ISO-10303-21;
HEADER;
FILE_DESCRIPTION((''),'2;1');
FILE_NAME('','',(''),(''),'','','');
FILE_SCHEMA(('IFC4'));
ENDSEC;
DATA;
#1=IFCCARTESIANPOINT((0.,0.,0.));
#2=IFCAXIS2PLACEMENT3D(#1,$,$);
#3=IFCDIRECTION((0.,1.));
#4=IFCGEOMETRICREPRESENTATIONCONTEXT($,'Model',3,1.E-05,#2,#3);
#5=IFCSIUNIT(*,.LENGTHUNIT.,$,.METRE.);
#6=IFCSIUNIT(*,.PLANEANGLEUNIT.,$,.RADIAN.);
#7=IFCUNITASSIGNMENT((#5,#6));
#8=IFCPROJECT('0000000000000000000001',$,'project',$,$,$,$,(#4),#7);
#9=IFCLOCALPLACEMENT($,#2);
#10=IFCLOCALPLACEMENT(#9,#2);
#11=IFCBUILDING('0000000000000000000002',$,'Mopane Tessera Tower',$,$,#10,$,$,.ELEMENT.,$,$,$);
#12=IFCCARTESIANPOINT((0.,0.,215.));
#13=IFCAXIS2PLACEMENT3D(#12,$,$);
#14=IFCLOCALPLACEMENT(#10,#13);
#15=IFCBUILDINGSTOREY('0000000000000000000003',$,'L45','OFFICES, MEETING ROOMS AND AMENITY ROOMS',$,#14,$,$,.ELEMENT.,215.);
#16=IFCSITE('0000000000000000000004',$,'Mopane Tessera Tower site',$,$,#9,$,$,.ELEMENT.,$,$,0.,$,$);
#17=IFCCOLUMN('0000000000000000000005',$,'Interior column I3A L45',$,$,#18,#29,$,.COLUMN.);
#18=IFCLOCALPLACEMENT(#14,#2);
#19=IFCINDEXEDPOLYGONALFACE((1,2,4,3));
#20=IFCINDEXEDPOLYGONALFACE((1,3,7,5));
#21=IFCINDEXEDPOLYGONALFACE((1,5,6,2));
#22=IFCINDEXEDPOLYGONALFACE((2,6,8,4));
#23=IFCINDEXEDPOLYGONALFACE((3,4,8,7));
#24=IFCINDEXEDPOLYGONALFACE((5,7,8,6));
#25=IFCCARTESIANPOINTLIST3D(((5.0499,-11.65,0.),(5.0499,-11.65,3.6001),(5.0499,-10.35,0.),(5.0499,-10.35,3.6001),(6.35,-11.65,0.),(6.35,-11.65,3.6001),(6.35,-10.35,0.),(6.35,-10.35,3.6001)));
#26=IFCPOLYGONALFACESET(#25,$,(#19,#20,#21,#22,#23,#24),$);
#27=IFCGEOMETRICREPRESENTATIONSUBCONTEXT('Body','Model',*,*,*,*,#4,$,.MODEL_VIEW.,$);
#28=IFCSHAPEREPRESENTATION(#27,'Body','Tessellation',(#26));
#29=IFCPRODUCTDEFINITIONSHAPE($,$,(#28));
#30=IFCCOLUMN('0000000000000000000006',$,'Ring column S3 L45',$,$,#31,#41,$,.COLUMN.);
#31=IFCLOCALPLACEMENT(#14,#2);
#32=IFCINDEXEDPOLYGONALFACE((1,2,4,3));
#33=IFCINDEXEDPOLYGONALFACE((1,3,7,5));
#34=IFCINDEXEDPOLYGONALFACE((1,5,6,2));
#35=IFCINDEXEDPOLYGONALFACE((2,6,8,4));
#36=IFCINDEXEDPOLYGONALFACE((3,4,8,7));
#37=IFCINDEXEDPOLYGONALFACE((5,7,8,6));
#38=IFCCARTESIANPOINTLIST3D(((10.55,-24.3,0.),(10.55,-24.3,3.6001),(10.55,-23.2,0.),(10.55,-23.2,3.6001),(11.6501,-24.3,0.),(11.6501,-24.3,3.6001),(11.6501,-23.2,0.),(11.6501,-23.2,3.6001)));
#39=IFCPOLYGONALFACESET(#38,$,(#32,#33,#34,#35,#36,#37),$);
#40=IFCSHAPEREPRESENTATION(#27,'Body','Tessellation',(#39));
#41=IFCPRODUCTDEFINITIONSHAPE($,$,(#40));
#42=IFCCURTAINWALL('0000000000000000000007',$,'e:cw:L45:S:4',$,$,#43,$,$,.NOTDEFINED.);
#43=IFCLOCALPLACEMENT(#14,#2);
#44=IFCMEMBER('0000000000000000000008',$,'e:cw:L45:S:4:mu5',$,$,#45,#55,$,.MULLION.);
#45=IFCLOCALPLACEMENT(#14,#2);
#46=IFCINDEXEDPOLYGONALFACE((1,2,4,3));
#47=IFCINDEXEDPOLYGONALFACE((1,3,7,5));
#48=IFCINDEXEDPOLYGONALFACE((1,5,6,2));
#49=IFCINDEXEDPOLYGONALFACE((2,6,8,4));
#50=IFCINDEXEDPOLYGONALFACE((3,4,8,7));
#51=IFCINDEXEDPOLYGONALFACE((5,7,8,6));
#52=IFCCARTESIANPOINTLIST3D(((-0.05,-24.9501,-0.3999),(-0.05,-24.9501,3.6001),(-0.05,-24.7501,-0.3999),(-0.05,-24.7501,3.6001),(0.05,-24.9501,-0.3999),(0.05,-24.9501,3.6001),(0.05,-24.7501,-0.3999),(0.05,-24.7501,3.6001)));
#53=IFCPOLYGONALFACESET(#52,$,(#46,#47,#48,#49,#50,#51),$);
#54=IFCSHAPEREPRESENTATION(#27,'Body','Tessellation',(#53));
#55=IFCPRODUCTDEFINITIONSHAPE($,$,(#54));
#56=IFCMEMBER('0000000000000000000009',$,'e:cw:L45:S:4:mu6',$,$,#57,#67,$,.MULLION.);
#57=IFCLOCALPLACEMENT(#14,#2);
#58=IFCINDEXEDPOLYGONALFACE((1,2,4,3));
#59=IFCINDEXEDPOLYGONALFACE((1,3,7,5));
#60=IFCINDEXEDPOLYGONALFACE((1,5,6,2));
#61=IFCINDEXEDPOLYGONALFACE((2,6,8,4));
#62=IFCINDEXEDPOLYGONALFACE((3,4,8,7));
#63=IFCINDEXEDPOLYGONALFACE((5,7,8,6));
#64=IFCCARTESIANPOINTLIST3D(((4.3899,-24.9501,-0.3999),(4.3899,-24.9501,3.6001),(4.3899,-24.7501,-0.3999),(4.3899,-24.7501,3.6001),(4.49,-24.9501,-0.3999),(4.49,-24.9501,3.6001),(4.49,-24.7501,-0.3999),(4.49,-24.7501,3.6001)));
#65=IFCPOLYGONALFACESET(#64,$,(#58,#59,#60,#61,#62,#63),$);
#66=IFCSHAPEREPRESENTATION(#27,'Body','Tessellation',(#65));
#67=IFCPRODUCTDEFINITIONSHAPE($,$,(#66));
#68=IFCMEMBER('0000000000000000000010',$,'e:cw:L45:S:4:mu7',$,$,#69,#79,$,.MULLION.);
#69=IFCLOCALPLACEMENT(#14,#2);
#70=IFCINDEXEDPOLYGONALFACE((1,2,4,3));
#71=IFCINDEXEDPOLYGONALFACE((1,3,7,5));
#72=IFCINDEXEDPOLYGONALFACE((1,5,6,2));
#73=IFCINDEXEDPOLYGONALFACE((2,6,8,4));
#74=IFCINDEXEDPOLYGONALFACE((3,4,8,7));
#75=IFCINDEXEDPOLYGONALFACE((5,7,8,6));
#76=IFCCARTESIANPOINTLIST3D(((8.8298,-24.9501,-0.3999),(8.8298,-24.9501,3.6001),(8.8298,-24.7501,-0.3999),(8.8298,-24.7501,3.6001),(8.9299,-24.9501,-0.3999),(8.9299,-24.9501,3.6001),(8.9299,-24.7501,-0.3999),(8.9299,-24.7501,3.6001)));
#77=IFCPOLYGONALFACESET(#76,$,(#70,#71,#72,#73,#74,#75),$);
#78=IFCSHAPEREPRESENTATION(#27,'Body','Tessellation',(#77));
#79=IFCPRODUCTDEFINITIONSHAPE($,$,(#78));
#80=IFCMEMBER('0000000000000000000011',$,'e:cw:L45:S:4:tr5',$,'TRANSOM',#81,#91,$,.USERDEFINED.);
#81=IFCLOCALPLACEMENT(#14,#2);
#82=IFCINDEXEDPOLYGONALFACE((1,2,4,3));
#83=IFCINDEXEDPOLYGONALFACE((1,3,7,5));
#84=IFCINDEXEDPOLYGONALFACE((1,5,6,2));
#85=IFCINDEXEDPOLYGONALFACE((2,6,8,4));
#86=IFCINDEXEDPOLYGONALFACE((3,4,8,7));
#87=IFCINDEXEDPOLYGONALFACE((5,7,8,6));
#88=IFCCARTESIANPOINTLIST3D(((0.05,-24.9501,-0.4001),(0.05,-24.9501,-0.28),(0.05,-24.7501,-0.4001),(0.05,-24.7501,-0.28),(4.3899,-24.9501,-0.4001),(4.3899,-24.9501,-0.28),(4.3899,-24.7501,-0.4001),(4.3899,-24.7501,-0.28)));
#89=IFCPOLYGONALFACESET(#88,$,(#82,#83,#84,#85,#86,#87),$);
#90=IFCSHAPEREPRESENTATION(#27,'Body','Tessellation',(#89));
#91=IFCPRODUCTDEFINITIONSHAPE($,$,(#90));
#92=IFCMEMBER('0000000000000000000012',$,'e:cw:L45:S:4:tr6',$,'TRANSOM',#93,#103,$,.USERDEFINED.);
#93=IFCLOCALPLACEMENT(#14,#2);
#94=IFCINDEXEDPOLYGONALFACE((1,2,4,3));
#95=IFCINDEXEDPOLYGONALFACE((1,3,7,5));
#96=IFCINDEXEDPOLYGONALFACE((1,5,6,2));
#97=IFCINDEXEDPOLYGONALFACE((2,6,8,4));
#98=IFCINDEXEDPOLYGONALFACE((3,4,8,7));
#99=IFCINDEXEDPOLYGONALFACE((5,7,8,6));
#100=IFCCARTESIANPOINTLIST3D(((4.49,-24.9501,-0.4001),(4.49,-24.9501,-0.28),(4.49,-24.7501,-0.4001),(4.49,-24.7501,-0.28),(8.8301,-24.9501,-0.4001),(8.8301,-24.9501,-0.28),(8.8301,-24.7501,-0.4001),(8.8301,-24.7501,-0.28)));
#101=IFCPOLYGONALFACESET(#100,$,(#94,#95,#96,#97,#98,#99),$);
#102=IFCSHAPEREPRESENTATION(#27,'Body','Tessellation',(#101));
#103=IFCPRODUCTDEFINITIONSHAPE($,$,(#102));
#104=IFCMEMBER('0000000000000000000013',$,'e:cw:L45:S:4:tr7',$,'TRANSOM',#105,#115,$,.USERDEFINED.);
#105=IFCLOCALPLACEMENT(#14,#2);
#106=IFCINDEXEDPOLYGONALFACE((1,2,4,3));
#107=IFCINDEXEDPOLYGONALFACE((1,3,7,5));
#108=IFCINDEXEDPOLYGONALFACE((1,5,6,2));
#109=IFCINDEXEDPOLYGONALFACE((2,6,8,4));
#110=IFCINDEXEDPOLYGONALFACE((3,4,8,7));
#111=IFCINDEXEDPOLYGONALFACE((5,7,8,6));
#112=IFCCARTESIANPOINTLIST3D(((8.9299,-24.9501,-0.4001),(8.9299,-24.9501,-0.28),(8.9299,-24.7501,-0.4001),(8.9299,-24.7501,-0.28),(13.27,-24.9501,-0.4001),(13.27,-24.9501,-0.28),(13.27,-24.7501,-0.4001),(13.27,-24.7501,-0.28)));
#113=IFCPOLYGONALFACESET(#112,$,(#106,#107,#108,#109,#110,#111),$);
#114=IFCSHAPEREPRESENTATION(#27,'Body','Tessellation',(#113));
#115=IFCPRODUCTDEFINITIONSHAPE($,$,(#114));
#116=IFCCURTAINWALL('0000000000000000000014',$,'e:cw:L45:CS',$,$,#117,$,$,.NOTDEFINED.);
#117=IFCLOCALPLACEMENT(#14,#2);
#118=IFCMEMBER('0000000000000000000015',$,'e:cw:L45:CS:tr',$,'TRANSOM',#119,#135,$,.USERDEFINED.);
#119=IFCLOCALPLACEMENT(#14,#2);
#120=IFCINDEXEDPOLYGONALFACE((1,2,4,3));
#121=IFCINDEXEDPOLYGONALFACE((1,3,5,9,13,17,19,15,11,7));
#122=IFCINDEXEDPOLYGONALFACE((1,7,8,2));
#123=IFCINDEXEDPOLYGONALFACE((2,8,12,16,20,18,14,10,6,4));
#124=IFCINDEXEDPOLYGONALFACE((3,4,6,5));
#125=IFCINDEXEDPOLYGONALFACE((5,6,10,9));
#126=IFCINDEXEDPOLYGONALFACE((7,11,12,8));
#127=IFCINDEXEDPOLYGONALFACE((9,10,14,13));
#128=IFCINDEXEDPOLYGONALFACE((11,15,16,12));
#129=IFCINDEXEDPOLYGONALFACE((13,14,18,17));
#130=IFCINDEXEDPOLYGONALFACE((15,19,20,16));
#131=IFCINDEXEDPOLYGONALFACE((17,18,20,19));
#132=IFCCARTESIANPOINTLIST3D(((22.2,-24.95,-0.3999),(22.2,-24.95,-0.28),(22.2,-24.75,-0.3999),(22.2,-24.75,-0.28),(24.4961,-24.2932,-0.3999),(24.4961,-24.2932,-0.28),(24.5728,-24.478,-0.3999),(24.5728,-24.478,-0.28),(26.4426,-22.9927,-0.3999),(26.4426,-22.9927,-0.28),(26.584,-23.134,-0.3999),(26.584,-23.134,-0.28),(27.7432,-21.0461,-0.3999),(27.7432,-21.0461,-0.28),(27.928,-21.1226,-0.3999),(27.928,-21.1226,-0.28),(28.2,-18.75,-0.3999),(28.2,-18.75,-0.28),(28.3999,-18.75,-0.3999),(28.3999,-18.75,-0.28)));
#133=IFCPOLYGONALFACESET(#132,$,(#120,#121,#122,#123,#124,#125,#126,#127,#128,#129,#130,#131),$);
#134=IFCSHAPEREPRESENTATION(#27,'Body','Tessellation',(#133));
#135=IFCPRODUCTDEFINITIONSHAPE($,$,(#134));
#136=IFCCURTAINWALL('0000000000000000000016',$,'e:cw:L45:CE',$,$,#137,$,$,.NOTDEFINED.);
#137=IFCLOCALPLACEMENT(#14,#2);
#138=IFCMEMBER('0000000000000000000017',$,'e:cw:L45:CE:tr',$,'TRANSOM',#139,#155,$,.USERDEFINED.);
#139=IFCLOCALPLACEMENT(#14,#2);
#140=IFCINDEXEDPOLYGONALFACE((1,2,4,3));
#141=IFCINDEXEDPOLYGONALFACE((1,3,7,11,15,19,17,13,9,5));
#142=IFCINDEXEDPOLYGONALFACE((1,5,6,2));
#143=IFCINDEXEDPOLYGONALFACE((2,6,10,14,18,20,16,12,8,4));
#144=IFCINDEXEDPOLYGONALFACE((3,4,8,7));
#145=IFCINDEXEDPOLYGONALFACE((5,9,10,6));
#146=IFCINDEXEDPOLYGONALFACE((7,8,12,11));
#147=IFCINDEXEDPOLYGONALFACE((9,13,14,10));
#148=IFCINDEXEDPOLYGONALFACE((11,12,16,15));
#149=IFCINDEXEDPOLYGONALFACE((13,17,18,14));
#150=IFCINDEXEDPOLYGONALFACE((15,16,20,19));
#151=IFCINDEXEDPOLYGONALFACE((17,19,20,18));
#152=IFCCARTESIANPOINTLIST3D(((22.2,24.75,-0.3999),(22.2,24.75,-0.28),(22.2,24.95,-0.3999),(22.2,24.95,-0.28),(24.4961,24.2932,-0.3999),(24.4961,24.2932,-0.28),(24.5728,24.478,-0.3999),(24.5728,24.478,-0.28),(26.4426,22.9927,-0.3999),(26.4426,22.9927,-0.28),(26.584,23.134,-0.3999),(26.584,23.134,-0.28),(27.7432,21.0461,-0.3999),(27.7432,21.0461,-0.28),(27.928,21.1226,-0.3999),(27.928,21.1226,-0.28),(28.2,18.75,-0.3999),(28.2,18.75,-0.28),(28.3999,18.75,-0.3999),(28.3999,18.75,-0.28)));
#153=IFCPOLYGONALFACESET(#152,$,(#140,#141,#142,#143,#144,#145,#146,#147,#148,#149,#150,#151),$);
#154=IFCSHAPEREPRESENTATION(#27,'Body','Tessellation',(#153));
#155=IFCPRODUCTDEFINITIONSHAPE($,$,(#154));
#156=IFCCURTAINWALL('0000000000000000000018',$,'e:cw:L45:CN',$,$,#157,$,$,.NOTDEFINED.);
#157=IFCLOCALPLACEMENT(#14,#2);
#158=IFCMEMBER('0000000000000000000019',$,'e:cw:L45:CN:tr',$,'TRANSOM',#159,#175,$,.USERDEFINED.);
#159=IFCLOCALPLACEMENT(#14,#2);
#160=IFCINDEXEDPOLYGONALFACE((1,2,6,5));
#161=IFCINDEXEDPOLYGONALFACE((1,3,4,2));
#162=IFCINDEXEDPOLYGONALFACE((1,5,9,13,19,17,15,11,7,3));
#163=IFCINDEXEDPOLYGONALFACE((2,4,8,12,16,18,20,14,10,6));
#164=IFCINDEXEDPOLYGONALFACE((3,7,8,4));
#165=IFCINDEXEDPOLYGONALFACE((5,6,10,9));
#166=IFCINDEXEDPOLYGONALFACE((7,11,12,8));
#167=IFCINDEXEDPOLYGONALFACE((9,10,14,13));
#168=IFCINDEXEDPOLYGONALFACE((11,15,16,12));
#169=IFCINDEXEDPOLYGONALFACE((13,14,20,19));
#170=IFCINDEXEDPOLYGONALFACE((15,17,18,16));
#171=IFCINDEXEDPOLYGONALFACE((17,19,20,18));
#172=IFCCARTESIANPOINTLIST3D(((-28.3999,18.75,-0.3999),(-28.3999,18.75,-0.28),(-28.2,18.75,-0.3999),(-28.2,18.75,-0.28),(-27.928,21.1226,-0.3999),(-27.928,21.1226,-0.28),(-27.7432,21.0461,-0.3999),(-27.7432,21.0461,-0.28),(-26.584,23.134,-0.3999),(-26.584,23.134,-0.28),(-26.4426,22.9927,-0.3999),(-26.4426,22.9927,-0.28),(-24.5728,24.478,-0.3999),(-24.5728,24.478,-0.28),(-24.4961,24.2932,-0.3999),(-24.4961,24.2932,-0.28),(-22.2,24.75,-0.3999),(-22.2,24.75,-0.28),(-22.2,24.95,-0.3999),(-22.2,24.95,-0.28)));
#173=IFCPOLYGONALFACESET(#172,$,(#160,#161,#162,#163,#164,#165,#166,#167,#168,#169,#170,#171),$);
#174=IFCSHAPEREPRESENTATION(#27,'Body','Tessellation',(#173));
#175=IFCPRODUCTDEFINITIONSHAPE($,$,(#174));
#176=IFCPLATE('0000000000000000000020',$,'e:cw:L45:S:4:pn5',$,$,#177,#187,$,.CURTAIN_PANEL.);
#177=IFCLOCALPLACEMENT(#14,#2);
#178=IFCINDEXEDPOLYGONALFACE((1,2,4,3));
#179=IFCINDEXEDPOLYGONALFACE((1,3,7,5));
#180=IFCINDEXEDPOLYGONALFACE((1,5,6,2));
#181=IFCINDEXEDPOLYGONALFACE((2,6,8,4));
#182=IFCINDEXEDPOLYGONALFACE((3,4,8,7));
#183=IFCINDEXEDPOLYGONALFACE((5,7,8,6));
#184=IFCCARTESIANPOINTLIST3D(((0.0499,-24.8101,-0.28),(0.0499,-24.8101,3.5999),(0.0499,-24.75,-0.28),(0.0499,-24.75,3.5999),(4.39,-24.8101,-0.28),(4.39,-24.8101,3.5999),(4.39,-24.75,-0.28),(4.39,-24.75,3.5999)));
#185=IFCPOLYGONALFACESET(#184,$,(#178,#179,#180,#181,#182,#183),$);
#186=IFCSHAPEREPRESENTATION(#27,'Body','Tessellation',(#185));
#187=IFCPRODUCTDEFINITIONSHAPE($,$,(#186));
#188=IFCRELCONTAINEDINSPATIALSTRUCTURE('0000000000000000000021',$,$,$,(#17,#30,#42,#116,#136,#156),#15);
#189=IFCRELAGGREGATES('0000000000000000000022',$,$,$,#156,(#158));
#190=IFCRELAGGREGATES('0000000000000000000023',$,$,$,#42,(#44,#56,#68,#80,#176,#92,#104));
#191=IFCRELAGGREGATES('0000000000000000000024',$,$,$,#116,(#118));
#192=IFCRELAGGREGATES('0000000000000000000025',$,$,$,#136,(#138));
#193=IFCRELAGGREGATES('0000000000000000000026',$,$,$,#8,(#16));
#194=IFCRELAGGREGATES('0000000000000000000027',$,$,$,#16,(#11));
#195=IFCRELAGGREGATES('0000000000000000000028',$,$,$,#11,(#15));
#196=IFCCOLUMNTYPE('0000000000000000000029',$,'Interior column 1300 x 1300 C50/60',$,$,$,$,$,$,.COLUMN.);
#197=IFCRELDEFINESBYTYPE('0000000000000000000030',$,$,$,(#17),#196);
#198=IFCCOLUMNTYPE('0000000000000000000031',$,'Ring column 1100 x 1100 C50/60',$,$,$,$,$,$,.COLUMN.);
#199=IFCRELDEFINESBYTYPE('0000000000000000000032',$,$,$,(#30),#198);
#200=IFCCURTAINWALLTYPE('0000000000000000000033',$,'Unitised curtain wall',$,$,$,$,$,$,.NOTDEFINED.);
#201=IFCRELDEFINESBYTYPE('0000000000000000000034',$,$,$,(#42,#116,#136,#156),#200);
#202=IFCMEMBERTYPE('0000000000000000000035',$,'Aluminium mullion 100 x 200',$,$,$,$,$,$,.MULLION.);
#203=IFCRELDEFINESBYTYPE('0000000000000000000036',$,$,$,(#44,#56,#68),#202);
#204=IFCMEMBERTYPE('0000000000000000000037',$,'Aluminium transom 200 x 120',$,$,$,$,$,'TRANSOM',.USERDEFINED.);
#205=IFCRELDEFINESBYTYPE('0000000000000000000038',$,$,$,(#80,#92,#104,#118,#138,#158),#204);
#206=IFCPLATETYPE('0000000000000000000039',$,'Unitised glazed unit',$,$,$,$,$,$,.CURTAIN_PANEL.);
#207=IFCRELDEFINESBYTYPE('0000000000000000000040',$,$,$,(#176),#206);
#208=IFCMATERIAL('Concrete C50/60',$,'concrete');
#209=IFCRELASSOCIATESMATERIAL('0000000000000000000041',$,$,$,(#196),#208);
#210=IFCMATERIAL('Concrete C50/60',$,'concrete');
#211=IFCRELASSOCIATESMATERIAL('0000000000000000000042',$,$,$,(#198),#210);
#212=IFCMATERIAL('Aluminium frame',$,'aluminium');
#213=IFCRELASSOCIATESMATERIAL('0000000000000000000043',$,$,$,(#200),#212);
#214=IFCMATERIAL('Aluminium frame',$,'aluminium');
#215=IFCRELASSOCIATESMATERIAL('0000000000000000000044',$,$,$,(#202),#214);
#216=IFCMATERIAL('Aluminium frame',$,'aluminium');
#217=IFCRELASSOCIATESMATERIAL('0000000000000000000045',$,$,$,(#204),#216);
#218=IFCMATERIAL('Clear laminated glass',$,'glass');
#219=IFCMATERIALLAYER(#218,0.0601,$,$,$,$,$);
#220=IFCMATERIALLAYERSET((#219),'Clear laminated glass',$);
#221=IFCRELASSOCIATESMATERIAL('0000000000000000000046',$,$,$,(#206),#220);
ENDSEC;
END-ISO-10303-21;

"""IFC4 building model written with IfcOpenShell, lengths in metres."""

from ifc_helpers import new_model, si_unit, direction, frame, origin, origin_2d, place, context, subcontext, project, spatial, polyline, rectangle, outline, extrude, material, layer, layer_set, material_profile, profile_set, type_object, element, aggregate, save


model = new_model("IFC4")

# Units and contexts
model_context = context("Model", 3, precision=1e-05, world=origin(), true_north=direction((0.0, 1.0)))
body_context = subcontext(model_context, "Body", "Model", "MODEL_VIEW")
ifc_project = project(units=[si_unit("LENGTHUNIT", "METRE"), si_unit("PLANEANGLEUNIT", "RADIAN")], contexts=[model_context])

# Site, building, storey
site_placement = place(None, origin())
site = spatial("IfcSite", under=ifc_project, at=site_placement, Name="Mopane Tessera Tower site", CompositionType="ELEMENT", RefElevation=0.0)
building_placement = place(site_placement, origin())
building = spatial("IfcBuilding", under=site, at=building_placement, Name="Mopane Tessera Tower", CompositionType="ELEMENT")
storey_placement = place(building_placement, frame((0.0, 0.0, 215.0)))
storey = spatial("IfcBuildingStorey", under=building, at=storey_placement, Name="L45", Description="OFFICES, MEETING ROOMS AND AMENITY ROOMS", CompositionType="ELEMENT", Elevation=215.0)

# Columns
ifc_material_1 = material(Name="Concrete C50/60", Category="concrete")
ifc_material_profile_1 = material_profile(ifc_material_1, rectangle(XDim=1.3, YDim=1.3, at=origin_2d()))
ifc_profile_set_1 = profile_set([ifc_material_profile_1], Name="Concrete C50/60")
column_type_1 = type_object("IfcColumnType", Name="Interior column 1300 x 1300 C50/60", PredefinedType="COLUMN", material=ifc_profile_set_1)
column_1_placement = place(storey_placement, frame((5.7, -11.0, 0.0), z_axis=(0.0, 0.0, 1.0), x_axis=(1.0, 0.0, 0.0)))
element("IfcColumn", 1, at=column_1_placement, inside=storey, type_object=column_type_1, Name="Interior column I3A L45", PredefinedType="COLUMN", context=body_context, shape_type="SweptSolid", body=[
    extrude(rectangle(XDim=1.3, YDim=1.3, at=origin_2d()), origin(), (0.0, 0.0, 1.0), 3.6001),
])
ifc_material_2 = material(Name="Concrete C50/60", Category="concrete")
ifc_material_profile_2 = material_profile(ifc_material_2, rectangle(XDim=1.1001, YDim=1.1001, at=origin_2d()))
ifc_profile_set_2 = profile_set([ifc_material_profile_2], Name="Concrete C50/60")
column_type_2 = type_object("IfcColumnType", Name="Ring column 1100 x 1100 C50/60", PredefinedType="COLUMN", material=ifc_profile_set_2)
column_2_placement = place(storey_placement, frame((11.1001, -23.75, 0.0), z_axis=(0.0, 0.0, 1.0), x_axis=(1.0, 0.0, 0.0)))
element("IfcColumn", 2, at=column_2_placement, inside=storey, type_object=column_type_2, Name="Ring column S3 L45", PredefinedType="COLUMN", context=body_context, shape_type="SweptSolid", body=[
    extrude(rectangle(XDim=1.1001, YDim=1.1001, at=origin_2d()), origin(), (0.0, 0.0, 1.0), 3.6001),
])

# Curtain wall, members
ifc_material_3 = material(Name="Aluminium frame", Category="aluminium")
curtain_wall_type = type_object("IfcCurtainWallType", Name="Unitised curtain wall", PredefinedType="NOTDEFINED", material=ifc_material_3)
curtain_wall_1_placement = place(storey_placement, origin())
curtain_wall_1 = element("IfcCurtainWall", 3, at=curtain_wall_1_placement, inside=storey, type_object=curtain_wall_type, Name="e:cw:L45:S:4", PredefinedType="NOTDEFINED")
ifc_material_4 = material(Name="Aluminium frame", Category="aluminium")
ifc_material_profile_3 = material_profile(ifc_material_4, rectangle(XDim=0.1001, YDim=0.2, at=origin_2d()))
ifc_profile_set_3 = profile_set([ifc_material_profile_3], Name="Aluminium frame")
member_type_1 = type_object("IfcMemberType", Name="Aluminium mullion 100 x 200", PredefinedType="MULLION", material=ifc_profile_set_3)
member_1_placement = place(storey_placement, frame((0.0, -24.8501, -0.3999), z_axis=(0.0, 0.0, 1.0), x_axis=(1.0, 0.0, 0.0)))
member_1 = element("IfcMember", 4, at=member_1_placement, type_object=member_type_1, Name="e:cw:L45:S:4:mu5", PredefinedType="MULLION", context=body_context, shape_type="SweptSolid", body=[
    extrude(rectangle(XDim=0.1001, YDim=0.2, at=origin_2d()), origin(), (0.0, 0.0, 1.0), 4.0),
])
member_2_placement = place(storey_placement, frame((4.4399, -24.8501, -0.3999), z_axis=(0.0, 0.0, 1.0), x_axis=(1.0, 0.0, 0.0)))
member_2 = element("IfcMember", 5, at=member_2_placement, type_object=member_type_1, Name="e:cw:L45:S:4:mu6", PredefinedType="MULLION", context=body_context, shape_type="SweptSolid", body=[
    extrude(rectangle(XDim=0.1001, YDim=0.2, at=origin_2d()), origin(), (0.0, 0.0, 1.0), 4.0),
])
member_3_placement = place(storey_placement, frame((8.8799, -24.8501, -0.3999), z_axis=(0.0, 0.0, 1.0), x_axis=(1.0, 0.0, 0.0)))
member_3 = element("IfcMember", 6, at=member_3_placement, type_object=member_type_1, Name="e:cw:L45:S:4:mu7", PredefinedType="MULLION", context=body_context, shape_type="SweptSolid", body=[
    extrude(rectangle(XDim=0.1001, YDim=0.2, at=origin_2d()), origin(), (0.0, 0.0, 1.0), 4.0),
])
ifc_material_5 = material(Name="Aluminium frame", Category="aluminium")
ifc_material_profile_4 = material_profile(ifc_material_5, rectangle(XDim=0.2, YDim=0.1201, at=origin_2d()))
ifc_profile_set_4 = profile_set([ifc_material_profile_4], Name="Aluminium frame")
member_type_2 = type_object("IfcMemberType", Name="Aluminium transom 200 x 120", ElementType="TRANSOM", PredefinedType="USERDEFINED", material=ifc_profile_set_4)
member_4_placement = place(storey_placement, frame((0.05, -24.8501, -0.3401), z_axis=(1.0, 0.0, 0.0), x_axis=(0.0, 1.0, 0.0)))
member_4 = element("IfcMember", 7, at=member_4_placement, type_object=member_type_2, Name="e:cw:L45:S:4:tr5", ObjectType="TRANSOM", PredefinedType="USERDEFINED", context=body_context, shape_type="SweptSolid", body=[
    extrude(rectangle(XDim=0.2, YDim=0.1201, at=origin_2d()), origin(), (0.0, 0.0, 1.0), 4.3398),
])
member_5_placement = place(storey_placement, frame((4.49, -24.8501, -0.3401), z_axis=(1.0, 0.0, 0.0), x_axis=(0.0, 1.0, 0.0)))
member_5 = element("IfcMember", 8, at=member_5_placement, type_object=member_type_2, Name="e:cw:L45:S:4:tr6", ObjectType="TRANSOM", PredefinedType="USERDEFINED", context=body_context, shape_type="SweptSolid", body=[
    extrude(rectangle(XDim=0.2, YDim=0.1201, at=origin_2d()), origin(), (0.0, 0.0, 1.0), 4.3401),
])
member_6_placement = place(storey_placement, frame((8.9299, -24.8501, -0.3401), z_axis=(1.0, 0.0, 0.0), x_axis=(0.0, 1.0, 0.0)))
member_6 = element("IfcMember", 9, at=member_6_placement, type_object=member_type_2, Name="e:cw:L45:S:4:tr7", ObjectType="TRANSOM", PredefinedType="USERDEFINED", context=body_context, shape_type="SweptSolid", body=[
    extrude(rectangle(XDim=0.2, YDim=0.1201, at=origin_2d()), origin(), (0.0, 0.0, 1.0), 4.3401),
])

# Curtain walls, members
curtain_wall_2_placement = place(storey_placement, origin())
curtain_wall_2 = element("IfcCurtainWall", 10, at=curtain_wall_2_placement, inside=storey, type_object=curtain_wall_type, Name="e:cw:L45:CS", PredefinedType="NOTDEFINED")
member_7_placement = place(storey_placement, frame((0.0, 0.0, -0.3999)))
member_7 = element("IfcMember", 11, at=member_7_placement, type_object=member_type_2, Name="e:cw:L45:CS:tr", ObjectType="TRANSOM", PredefinedType="USERDEFINED", context=body_context, shape_type="SweptSolid", body=[
    extrude(outline(polyline([(22.2, -24.75), (24.4961, -24.2932), (26.4426, -22.9927), (27.7432, -21.0461), (28.2, -18.75), (28.3999, -18.75), (27.928, -21.1226), (26.584, -23.134), (24.5728, -24.478), (22.2, -24.95), (22.2, -24.75)])), origin(), (0.0, 0.0, 1.0), 0.1199),
])
curtain_wall_3_placement = place(storey_placement, origin())
curtain_wall_3 = element("IfcCurtainWall", 12, at=curtain_wall_3_placement, inside=storey, type_object=curtain_wall_type, Name="e:cw:L45:CE", PredefinedType="NOTDEFINED")
member_8_placement = place(storey_placement, frame((0.0, 0.0, -0.3999)))
member_8 = element("IfcMember", 13, at=member_8_placement, type_object=member_type_2, Name="e:cw:L45:CE:tr", ObjectType="TRANSOM", PredefinedType="USERDEFINED", context=body_context, shape_type="SweptSolid", body=[
    extrude(outline(polyline([(28.2, 18.75), (27.7432, 21.0461), (26.4426, 22.9927), (24.4961, 24.2932), (22.2, 24.75), (22.2, 24.95), (24.5728, 24.478), (26.584, 23.134), (27.928, 21.1226), (28.3999, 18.75), (28.2, 18.75)])), origin(), (0.0, 0.0, 1.0), 0.1199),
])
curtain_wall_4_placement = place(storey_placement, origin())
curtain_wall_4 = element("IfcCurtainWall", 14, at=curtain_wall_4_placement, inside=storey, type_object=curtain_wall_type, Name="e:cw:L45:CN", PredefinedType="NOTDEFINED")
member_9_placement = place(storey_placement, frame((0.0, 0.0, -0.3999)))
member_9 = element("IfcMember", 15, at=member_9_placement, type_object=member_type_2, Name="e:cw:L45:CN:tr", ObjectType="TRANSOM", PredefinedType="USERDEFINED", context=body_context, shape_type="SweptSolid", body=[
    extrude(outline(polyline([(-22.2, 24.75), (-24.4961, 24.2932), (-26.4426, 22.9927), (-27.7432, 21.0461), (-28.2, 18.75), (-28.3999, 18.75), (-27.928, 21.1226), (-26.584, 23.134), (-24.5728, 24.478), (-22.2, 24.95), (-22.2, 24.75)])), origin(), (0.0, 0.0, 1.0), 0.1199),
])
aggregate(curtain_wall_4, [member_9])

# Plate
ifc_material_6 = material(Name="Clear laminated glass", Category="glass")
ifc_layer_1 = layer(ifc_material_6, 0.0601)
ifc_layer_set_1 = layer_set([ifc_layer_1], Name="Clear laminated glass")
plate_type = type_object("IfcPlateType", Name="Unitised glazed unit", PredefinedType="CURTAIN_PANEL", material=ifc_layer_set_1)
plate_1_placement = place(storey_placement, frame((2.22, -24.78, -0.28), z_axis=(0.0, 0.0, 1.0), x_axis=(1.0, 0.0, 0.0)))
plate_1 = element("IfcPlate", 16, at=plate_1_placement, type_object=plate_type, Name="e:cw:L45:S:4:pn5", PredefinedType="CURTAIN_PANEL", context=body_context, shape_type="SweptSolid", body=[
    extrude(rectangle(XDim=4.3401, YDim=0.0601, at=origin_2d()), origin(), (0.0, 0.0, 1.0), 3.8799),
])
aggregate(curtain_wall_1, [member_1, member_2, member_3, member_4, plate_1, member_5, member_6])
aggregate(curtain_wall_2, [member_7])
aggregate(curtain_wall_3, [member_8])

save(model, "model.ifc")
